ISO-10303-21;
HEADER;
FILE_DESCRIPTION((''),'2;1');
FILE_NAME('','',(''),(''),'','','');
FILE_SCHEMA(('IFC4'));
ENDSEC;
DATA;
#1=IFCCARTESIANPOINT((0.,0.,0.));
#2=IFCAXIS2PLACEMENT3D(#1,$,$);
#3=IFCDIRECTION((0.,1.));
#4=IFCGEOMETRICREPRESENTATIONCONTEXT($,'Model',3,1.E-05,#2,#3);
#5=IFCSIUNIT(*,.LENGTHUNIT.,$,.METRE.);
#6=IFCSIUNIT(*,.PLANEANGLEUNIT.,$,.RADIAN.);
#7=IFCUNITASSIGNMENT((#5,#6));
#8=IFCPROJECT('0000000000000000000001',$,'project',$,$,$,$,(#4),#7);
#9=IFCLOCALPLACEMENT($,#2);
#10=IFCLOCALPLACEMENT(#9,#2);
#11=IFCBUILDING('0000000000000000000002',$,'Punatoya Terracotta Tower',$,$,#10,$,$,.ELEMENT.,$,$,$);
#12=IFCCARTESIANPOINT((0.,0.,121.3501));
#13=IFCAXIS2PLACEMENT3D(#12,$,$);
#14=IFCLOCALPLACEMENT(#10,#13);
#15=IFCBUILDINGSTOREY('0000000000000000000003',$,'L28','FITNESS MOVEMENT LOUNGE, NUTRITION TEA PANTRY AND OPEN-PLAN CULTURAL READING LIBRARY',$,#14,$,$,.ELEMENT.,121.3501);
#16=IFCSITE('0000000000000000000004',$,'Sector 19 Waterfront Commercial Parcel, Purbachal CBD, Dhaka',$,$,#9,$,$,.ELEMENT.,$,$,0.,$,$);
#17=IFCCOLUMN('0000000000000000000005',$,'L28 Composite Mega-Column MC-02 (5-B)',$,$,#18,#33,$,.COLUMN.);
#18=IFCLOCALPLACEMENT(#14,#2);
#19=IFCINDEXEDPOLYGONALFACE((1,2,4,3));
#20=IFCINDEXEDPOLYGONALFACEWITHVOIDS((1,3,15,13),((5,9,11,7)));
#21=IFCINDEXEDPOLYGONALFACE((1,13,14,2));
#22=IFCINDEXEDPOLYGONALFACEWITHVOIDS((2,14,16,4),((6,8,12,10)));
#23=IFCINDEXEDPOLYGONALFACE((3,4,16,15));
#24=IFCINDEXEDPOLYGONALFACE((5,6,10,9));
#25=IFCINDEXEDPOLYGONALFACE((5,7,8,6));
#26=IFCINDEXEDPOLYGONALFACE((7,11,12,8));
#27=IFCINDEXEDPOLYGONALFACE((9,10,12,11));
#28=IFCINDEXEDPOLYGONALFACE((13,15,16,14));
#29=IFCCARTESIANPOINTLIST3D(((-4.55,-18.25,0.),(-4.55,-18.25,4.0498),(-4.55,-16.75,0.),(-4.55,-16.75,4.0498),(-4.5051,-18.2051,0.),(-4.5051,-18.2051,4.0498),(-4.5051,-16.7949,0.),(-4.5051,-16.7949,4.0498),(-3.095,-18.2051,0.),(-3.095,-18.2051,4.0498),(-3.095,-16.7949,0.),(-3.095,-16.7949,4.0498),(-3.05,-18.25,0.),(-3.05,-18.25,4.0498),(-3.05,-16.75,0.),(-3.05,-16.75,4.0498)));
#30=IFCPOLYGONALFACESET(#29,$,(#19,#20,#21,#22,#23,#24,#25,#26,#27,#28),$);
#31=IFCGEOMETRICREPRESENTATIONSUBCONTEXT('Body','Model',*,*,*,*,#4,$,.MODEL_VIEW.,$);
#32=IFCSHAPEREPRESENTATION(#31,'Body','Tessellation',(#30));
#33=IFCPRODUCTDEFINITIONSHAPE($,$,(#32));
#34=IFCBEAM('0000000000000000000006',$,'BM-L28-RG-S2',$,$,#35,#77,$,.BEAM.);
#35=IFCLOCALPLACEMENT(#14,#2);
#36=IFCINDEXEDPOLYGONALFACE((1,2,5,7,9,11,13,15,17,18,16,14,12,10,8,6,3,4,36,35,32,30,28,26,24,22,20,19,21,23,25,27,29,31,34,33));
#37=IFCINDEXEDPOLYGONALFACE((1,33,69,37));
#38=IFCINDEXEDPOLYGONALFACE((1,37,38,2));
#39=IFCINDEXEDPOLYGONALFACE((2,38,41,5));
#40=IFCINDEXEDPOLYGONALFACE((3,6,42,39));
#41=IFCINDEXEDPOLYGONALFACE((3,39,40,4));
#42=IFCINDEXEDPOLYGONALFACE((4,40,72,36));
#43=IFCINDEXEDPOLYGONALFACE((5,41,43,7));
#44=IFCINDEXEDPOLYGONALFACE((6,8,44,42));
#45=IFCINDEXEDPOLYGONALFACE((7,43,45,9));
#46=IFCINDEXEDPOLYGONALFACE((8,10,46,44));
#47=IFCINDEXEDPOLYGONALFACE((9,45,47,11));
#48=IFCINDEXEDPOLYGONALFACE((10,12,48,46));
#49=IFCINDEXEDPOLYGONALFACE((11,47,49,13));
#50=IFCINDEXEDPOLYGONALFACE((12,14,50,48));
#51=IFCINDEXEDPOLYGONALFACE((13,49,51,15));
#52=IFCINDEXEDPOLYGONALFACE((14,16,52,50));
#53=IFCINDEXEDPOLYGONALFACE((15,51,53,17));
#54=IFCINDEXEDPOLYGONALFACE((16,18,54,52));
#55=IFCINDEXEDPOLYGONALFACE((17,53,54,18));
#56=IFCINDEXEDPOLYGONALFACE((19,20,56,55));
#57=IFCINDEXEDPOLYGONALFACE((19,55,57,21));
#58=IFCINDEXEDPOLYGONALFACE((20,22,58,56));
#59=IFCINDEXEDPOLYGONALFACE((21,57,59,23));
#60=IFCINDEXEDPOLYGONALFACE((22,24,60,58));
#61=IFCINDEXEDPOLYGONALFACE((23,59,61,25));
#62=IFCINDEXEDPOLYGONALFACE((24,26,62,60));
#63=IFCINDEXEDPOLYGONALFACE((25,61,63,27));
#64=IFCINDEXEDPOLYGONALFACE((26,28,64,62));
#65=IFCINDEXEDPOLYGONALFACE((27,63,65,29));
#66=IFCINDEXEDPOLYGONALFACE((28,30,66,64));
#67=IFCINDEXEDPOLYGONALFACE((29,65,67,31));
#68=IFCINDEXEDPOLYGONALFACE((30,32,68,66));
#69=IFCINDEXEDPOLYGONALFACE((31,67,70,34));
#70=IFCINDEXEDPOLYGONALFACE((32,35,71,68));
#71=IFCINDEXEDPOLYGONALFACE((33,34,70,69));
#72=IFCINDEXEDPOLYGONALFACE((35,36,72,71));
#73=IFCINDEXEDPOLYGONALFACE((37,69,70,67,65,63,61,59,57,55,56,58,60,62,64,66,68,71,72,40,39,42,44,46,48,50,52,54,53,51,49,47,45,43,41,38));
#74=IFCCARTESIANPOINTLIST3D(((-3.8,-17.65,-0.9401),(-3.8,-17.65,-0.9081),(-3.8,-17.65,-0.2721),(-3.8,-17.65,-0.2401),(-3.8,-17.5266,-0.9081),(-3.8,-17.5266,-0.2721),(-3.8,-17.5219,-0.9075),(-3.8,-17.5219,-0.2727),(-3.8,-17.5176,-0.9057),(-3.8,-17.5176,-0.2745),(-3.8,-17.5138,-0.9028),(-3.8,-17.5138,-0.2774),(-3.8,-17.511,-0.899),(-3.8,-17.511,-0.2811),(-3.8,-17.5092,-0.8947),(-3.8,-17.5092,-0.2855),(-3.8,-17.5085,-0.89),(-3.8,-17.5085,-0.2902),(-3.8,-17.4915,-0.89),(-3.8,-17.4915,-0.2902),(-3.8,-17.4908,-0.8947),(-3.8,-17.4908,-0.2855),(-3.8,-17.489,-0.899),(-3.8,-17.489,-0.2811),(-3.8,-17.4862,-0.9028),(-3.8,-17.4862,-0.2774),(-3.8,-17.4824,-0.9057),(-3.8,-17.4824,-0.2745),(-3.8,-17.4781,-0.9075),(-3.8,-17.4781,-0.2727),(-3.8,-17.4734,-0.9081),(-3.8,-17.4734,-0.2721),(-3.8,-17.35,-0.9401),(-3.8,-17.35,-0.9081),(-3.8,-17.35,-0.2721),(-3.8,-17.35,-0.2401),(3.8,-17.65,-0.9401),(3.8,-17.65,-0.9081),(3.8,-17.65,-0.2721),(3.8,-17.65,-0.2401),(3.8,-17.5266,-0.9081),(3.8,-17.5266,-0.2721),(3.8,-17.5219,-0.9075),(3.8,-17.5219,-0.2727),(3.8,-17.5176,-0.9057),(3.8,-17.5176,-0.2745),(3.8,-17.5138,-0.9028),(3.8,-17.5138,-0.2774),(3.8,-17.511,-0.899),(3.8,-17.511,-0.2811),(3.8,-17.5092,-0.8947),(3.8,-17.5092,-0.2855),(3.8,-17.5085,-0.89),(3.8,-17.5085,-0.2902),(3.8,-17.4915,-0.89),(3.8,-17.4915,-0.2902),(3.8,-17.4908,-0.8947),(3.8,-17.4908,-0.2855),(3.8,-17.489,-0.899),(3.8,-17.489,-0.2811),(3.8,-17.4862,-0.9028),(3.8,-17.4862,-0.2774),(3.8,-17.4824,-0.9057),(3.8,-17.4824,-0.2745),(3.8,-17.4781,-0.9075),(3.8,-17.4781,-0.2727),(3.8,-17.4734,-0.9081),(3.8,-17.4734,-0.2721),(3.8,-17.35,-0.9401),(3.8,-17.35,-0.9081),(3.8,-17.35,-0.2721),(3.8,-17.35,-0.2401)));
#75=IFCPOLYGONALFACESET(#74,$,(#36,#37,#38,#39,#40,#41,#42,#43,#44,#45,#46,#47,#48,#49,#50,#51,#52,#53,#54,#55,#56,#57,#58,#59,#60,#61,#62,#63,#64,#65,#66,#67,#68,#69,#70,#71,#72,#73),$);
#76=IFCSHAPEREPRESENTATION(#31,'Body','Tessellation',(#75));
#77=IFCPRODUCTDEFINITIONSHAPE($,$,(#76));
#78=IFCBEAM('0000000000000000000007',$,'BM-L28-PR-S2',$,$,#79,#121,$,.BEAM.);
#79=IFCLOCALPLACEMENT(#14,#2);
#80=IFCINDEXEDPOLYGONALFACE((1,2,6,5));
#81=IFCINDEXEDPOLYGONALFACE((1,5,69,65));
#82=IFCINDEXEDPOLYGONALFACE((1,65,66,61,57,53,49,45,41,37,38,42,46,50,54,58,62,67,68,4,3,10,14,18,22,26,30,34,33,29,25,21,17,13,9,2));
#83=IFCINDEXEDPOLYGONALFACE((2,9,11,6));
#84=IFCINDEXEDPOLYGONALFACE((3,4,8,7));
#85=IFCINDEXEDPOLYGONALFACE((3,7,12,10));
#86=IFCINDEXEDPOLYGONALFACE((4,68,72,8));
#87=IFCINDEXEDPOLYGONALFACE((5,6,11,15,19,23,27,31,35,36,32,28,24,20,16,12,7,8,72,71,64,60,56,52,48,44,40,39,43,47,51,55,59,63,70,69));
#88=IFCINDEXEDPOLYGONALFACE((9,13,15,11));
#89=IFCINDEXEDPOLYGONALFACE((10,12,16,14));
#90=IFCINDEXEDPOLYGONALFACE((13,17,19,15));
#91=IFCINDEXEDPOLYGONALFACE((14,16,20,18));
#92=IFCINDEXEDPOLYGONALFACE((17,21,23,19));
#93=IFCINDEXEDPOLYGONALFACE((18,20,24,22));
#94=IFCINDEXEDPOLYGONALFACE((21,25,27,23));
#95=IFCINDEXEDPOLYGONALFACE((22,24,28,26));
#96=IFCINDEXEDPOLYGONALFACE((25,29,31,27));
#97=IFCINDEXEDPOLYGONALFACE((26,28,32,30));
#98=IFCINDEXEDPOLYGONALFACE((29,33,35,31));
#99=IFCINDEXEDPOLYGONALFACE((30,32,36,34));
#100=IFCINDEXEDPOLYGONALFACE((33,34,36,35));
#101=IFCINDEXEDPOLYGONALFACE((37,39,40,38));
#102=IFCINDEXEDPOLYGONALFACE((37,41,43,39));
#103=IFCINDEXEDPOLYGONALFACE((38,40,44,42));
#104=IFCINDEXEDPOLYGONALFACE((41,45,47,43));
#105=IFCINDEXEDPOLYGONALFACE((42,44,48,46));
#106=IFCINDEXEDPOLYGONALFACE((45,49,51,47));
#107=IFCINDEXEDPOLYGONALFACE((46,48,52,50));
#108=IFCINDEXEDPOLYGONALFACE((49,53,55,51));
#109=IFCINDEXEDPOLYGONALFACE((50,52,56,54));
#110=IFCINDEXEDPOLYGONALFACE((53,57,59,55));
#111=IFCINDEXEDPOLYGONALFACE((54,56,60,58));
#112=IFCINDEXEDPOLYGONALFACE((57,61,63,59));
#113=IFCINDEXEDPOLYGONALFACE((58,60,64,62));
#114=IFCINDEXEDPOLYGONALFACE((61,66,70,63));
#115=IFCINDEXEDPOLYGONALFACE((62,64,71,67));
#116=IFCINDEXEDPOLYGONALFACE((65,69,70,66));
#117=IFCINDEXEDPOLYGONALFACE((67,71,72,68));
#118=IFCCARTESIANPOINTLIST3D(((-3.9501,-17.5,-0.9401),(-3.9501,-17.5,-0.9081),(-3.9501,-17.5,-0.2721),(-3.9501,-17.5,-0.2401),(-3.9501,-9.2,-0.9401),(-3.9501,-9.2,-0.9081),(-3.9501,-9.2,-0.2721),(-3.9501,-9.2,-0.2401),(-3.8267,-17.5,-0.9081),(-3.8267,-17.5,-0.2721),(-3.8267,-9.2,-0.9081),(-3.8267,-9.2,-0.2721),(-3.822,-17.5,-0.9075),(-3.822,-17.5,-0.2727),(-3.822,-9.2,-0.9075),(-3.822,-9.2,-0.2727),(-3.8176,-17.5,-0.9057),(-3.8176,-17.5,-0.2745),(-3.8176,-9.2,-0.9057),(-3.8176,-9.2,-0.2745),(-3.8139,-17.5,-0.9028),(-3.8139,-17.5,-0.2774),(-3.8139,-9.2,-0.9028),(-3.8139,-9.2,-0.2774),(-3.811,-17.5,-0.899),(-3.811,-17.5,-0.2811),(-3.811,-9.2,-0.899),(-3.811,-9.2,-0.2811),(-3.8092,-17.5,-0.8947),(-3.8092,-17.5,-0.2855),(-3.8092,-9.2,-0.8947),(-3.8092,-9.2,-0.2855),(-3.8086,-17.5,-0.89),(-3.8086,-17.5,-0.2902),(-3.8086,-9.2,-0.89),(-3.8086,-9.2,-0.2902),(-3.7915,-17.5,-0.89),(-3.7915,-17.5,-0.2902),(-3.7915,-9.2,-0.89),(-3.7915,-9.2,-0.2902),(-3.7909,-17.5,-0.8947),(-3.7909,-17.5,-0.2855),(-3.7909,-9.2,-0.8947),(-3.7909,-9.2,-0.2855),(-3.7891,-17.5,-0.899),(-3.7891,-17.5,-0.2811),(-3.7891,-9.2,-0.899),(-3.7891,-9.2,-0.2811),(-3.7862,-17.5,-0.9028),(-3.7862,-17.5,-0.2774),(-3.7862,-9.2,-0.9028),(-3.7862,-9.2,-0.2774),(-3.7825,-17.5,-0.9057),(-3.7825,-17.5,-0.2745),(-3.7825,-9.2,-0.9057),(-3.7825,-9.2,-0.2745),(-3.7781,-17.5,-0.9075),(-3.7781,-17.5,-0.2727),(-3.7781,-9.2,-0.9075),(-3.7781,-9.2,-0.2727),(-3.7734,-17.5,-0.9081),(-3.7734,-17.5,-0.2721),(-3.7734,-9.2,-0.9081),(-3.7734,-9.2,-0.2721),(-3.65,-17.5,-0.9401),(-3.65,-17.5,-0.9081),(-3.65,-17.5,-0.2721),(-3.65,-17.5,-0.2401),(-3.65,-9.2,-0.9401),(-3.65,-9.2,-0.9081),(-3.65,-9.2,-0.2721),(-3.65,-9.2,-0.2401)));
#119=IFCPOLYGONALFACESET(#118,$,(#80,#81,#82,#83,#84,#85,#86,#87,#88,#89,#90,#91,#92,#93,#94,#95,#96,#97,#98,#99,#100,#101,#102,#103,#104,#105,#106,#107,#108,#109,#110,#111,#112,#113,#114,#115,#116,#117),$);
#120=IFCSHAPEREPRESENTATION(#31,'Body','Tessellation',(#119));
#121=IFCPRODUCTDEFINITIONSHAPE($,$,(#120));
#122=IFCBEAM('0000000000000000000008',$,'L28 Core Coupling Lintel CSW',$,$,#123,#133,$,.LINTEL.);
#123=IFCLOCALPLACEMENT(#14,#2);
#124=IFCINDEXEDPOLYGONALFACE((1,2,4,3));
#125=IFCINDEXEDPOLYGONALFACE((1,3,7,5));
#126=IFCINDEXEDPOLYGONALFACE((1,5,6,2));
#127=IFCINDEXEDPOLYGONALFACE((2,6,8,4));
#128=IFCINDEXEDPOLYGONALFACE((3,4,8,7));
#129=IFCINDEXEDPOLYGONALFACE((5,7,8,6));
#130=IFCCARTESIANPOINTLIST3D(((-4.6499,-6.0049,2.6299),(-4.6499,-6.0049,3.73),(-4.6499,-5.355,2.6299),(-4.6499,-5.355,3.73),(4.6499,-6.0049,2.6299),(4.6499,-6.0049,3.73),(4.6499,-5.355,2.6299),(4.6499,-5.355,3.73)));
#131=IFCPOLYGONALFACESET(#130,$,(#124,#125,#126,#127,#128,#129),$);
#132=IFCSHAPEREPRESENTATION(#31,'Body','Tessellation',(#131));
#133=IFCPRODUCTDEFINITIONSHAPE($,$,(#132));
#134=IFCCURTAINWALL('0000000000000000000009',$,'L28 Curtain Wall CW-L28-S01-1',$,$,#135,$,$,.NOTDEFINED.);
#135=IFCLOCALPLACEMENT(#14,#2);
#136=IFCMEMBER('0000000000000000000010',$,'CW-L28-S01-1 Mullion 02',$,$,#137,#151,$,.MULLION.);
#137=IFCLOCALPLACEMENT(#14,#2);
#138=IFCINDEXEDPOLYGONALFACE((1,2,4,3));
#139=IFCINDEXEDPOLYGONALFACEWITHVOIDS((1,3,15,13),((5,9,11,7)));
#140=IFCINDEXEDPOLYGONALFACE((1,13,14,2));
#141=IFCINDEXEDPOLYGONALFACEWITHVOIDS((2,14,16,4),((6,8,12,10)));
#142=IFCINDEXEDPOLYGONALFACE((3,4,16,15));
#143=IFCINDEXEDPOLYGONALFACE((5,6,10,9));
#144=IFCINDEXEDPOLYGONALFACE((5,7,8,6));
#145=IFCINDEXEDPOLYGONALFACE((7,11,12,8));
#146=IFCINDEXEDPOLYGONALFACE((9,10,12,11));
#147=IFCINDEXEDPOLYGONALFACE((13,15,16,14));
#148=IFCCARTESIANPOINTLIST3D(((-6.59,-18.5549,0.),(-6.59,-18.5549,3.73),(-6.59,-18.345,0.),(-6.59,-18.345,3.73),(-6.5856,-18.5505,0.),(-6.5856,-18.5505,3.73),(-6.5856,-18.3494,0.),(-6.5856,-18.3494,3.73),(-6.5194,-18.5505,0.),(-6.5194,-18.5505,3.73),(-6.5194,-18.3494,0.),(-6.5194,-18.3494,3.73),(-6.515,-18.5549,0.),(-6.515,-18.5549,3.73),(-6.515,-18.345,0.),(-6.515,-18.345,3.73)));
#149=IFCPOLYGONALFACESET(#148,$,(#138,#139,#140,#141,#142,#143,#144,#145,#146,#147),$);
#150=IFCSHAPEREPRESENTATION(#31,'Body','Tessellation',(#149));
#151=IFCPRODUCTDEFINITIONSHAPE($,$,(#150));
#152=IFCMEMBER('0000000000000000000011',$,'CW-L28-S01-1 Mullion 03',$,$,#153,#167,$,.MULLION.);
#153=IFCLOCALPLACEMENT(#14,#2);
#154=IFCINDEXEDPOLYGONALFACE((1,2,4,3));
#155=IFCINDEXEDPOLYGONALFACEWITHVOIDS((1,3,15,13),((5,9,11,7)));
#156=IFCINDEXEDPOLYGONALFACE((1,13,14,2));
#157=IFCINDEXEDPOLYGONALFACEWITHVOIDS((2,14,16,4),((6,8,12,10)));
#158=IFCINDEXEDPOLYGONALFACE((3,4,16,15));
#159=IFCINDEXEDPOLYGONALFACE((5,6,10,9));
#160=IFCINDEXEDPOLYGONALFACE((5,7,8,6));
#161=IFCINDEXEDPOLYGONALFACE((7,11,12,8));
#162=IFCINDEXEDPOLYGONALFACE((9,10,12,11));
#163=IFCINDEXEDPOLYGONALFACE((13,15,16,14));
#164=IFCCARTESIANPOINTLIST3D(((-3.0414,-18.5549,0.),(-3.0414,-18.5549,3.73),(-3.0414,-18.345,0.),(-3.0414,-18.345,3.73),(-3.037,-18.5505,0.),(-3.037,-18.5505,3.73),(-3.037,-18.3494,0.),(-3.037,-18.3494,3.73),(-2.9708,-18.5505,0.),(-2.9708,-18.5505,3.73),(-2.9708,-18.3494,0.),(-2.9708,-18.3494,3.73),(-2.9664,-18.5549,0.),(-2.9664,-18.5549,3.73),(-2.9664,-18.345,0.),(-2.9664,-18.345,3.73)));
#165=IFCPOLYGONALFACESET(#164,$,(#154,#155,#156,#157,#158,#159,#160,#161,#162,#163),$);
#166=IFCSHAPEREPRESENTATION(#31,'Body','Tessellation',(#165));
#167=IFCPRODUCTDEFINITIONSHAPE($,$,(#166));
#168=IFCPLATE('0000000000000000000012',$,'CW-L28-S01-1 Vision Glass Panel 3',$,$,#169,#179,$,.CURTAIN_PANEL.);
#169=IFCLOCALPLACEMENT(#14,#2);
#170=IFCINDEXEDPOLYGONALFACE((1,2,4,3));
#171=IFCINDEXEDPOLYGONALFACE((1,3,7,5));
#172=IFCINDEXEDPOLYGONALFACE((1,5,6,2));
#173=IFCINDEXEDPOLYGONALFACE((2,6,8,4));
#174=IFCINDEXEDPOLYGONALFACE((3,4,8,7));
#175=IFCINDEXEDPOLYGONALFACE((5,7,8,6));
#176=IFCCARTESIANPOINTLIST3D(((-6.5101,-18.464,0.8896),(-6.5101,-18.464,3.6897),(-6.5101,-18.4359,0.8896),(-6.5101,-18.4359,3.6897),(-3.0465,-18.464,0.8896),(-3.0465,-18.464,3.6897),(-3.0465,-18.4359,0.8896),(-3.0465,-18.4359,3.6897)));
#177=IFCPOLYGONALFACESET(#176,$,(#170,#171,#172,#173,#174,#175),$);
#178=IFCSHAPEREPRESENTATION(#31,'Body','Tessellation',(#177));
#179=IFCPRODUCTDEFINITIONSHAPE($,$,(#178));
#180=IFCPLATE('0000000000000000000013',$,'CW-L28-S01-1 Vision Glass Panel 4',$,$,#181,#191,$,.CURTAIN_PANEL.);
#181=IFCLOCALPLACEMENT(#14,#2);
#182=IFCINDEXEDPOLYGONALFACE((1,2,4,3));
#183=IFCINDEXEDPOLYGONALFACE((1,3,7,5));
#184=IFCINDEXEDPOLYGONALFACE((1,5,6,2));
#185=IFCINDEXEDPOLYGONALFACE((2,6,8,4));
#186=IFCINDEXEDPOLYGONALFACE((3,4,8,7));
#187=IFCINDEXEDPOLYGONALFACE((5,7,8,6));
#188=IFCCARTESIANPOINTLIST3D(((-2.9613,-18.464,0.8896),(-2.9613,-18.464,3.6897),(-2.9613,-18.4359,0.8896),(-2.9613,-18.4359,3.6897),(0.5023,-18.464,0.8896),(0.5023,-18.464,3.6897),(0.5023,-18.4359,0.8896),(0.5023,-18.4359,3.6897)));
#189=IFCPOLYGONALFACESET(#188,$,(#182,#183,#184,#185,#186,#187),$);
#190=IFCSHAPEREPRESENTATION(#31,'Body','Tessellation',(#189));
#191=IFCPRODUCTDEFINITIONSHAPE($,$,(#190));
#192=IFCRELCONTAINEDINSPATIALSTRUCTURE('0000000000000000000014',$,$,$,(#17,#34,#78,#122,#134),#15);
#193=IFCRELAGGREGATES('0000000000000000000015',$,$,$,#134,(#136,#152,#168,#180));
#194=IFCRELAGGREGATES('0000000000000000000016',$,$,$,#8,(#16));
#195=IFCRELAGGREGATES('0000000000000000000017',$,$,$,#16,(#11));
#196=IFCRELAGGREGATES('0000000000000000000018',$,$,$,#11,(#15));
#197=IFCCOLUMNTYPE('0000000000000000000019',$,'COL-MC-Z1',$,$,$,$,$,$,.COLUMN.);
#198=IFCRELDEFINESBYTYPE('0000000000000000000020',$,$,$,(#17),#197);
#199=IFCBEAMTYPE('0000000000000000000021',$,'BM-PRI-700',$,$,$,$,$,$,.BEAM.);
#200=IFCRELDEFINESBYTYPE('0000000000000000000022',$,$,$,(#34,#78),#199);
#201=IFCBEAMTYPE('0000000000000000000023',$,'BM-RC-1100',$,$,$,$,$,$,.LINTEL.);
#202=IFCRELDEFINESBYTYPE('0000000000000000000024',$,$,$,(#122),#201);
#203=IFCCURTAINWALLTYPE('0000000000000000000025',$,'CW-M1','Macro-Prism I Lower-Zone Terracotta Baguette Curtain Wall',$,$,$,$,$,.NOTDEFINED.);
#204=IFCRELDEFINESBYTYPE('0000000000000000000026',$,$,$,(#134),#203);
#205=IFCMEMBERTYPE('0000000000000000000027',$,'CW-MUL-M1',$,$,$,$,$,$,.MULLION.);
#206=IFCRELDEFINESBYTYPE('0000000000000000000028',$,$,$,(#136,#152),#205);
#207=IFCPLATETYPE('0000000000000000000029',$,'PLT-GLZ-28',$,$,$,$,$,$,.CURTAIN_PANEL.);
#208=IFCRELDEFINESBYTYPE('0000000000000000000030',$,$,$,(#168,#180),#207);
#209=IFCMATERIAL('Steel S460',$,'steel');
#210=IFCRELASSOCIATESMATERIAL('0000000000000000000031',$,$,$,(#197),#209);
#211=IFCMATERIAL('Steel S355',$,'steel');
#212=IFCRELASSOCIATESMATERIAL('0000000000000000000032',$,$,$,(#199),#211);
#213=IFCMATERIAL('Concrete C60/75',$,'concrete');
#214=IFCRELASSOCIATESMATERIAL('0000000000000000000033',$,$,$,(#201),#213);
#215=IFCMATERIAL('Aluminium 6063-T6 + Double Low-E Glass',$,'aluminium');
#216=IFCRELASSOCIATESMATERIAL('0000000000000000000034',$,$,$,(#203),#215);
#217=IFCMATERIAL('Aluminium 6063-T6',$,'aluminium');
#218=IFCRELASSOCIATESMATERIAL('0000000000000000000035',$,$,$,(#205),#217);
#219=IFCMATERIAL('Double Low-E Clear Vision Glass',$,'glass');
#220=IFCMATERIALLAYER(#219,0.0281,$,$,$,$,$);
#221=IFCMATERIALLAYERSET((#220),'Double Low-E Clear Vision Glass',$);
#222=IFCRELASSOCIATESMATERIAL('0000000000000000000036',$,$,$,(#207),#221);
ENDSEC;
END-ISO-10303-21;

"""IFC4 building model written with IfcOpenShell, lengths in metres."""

from ifc_helpers import new_model, si_unit, direction, frame, origin, origin_2d, place, context, subcontext, project, spatial, rectangle, hollow_rectangle, i_section, extrude, material, layer, layer_set, material_profile, profile_set, type_object, element, aggregate, save


model = new_model("IFC4")

# Units and contexts
model_context = context("Model", 3, precision=1e-05, world=origin(), true_north=direction((0.0, 1.0)))
body_context = subcontext(model_context, "Body", "Model", "MODEL_VIEW")
ifc_project = project(units=[si_unit("LENGTHUNIT", "METRE"), si_unit("PLANEANGLEUNIT", "RADIAN")], contexts=[model_context])

# Site, building, storey
site_placement = place(None, origin())
site = spatial("IfcSite", under=ifc_project, at=site_placement, Name="Sector 19 Waterfront Commercial Parcel, Purbachal CBD, Dhaka", CompositionType="ELEMENT", RefElevation=0.0)
building_placement = place(site_placement, origin())
building = spatial("IfcBuilding", under=site, at=building_placement, Name="Punatoya Terracotta Tower", CompositionType="ELEMENT")
storey_placement = place(building_placement, frame((0.0, 0.0, 121.3501)))
storey = spatial("IfcBuildingStorey", under=building, at=storey_placement, Name="L28", Description="FITNESS MOVEMENT LOUNGE, NUTRITION TEA PANTRY AND OPEN-PLAN CULTURAL READING LIBRARY", CompositionType="ELEMENT", Elevation=121.3501)

# Column
ifc_material_1 = material(Name="Steel S460", Category="steel")
ifc_material_profile_1 = material_profile(ifc_material_1, hollow_rectangle(XDim=1.5, YDim=1.5, WallThickness=0.0449, at=origin_2d()))
ifc_profile_set_1 = profile_set([ifc_material_profile_1], Name="Steel S460")
column_type = type_object("IfcColumnType", Name="COL-MC-Z1", PredefinedType="COLUMN", material=ifc_profile_set_1)
column_placement = place(storey_placement, frame((-3.8, -17.5, 0.0), z_axis=(0.0, 0.0, 1.0), x_axis=(1.0, 0.0, 0.0)))
element("IfcColumn", 1, at=column_placement, inside=storey, type_object=column_type, Name="L28 Composite Mega-Column MC-02 (5-B)", PredefinedType="COLUMN", context=body_context, shape_type="SweptSolid", body=[
    extrude(hollow_rectangle(XDim=1.5, YDim=1.5, WallThickness=0.0449, at=origin_2d()), origin(), (0.0, 0.0, 1.0), 4.0498),
])

# Beams
ifc_material_2 = material(Name="Steel S355", Category="steel")
ifc_material_profile_2 = material_profile(ifc_material_2, i_section(OverallWidth=0.3, OverallDepth=0.7, WebThickness=0.0171, FlangeThickness=0.032, FilletRadius=0.0181, at=origin_2d()))
ifc_profile_set_2 = profile_set([ifc_material_profile_2], Name="Steel S355")
beam_type_1 = type_object("IfcBeamType", Name="BM-PRI-700", PredefinedType="BEAM", material=ifc_profile_set_2)
beam_1_placement = place(storey_placement, frame((-3.8, -17.5, -0.5901), z_axis=(1.0, 0.0, 0.0), x_axis=(0.0, 1.0, 0.0)))
element("IfcBeam", 2, at=beam_1_placement, inside=storey, type_object=beam_type_1, Name="BM-L28-RG-S2", PredefinedType="BEAM", context=body_context, shape_type="SweptSolid", body=[
    extrude(i_section(OverallWidth=0.3, OverallDepth=0.7, WebThickness=0.0171, FlangeThickness=0.032, FilletRadius=0.0181, at=origin_2d()), origin(), (0.0, 0.0, 1.0), 7.6001),
])
beam_2_placement = place(storey_placement, frame((-3.8, -17.5, -0.5901), z_axis=(0.0, 1.0, 0.0), x_axis=(-1.0, 0.0, 0.0)))
element("IfcBeam", 3, at=beam_2_placement, inside=storey, type_object=beam_type_1, Name="BM-L28-PR-S2", PredefinedType="BEAM", context=body_context, shape_type="SweptSolid", body=[
    extrude(i_section(OverallWidth=0.3, OverallDepth=0.7, WebThickness=0.0171, FlangeThickness=0.032, FilletRadius=0.0181, at=origin_2d()), origin(), (0.0, 0.0, 1.0), 8.3),
])
ifc_material_3 = material(Name="Concrete C60/75", Category="concrete")
ifc_material_profile_3 = material_profile(ifc_material_3, rectangle(XDim=0.6499, YDim=1.1001, at=origin_2d()))
ifc_profile_set_3 = profile_set([ifc_material_profile_3], Name="Concrete C60/75")
beam_type_2 = type_object("IfcBeamType", Name="BM-RC-1100", PredefinedType="LINTEL", material=ifc_profile_set_3)
beam_3_placement = place(storey_placement, frame((-4.6499, -5.6799, 3.1799), z_axis=(1.0, 0.0, 0.0), x_axis=(0.0, 1.0, 0.0)))
element("IfcBeam", 4, at=beam_3_placement, inside=storey, type_object=beam_type_2, Name="L28 Core Coupling Lintel CSW", PredefinedType="LINTEL", context=body_context, shape_type="SweptSolid", body=[
    extrude(rectangle(XDim=0.6499, YDim=1.1001, at=origin_2d()), origin(), (0.0, 0.0, 1.0), 9.2998),
])

# Curtain wall, members, plates
ifc_material_4 = material(Name="Aluminium 6063-T6 + Double Low-E Glass", Category="aluminium")
curtain_wall_type = type_object("IfcCurtainWallType", Name="CW-M1", Description="Macro-Prism I Lower-Zone Terracotta Baguette Curtain Wall", PredefinedType="NOTDEFINED", material=ifc_material_4)
curtain_wall_placement = place(storey_placement, origin())
curtain_wall = element("IfcCurtainWall", 5, at=curtain_wall_placement, inside=storey, type_object=curtain_wall_type, Name="L28 Curtain Wall CW-L28-S01-1", PredefinedType="NOTDEFINED")
ifc_material_5 = material(Name="Aluminium 6063-T6", Category="aluminium")
ifc_material_profile_4 = material_profile(ifc_material_5, hollow_rectangle(XDim=0.075, YDim=0.21, WallThickness=0.0044, at=origin_2d()))
ifc_profile_set_4 = profile_set([ifc_material_profile_4], Name="Aluminium 6063-T6")
member_type = type_object("IfcMemberType", Name="CW-MUL-M1", PredefinedType="MULLION", material=ifc_profile_set_4)
member_1_placement = place(storey_placement, frame((-6.5525, -18.45, 0.0), z_axis=(0.0, 0.0, 1.0), x_axis=(1.0, 0.0, 0.0)))
member_1 = element("IfcMember", 6, at=member_1_placement, type_object=member_type, Name="CW-L28-S01-1 Mullion 02", PredefinedType="MULLION", context=body_context, shape_type="SweptSolid", body=[
    extrude(hollow_rectangle(XDim=0.075, YDim=0.21, WallThickness=0.0044, at=origin_2d()), origin(), (0.0, 0.0, 1.0), 3.73),
])
member_2_placement = place(storey_placement, frame((-3.0039, -18.45, 0.0), z_axis=(0.0, 0.0, 1.0), x_axis=(1.0, 0.0, 0.0)))
member_2 = element("IfcMember", 7, at=member_2_placement, type_object=member_type, Name="CW-L28-S01-1 Mullion 03", PredefinedType="MULLION", context=body_context, shape_type="SweptSolid", body=[
    extrude(hollow_rectangle(XDim=0.075, YDim=0.21, WallThickness=0.0044, at=origin_2d()), origin(), (0.0, 0.0, 1.0), 3.73),
])
ifc_material_6 = material(Name="Double Low-E Clear Vision Glass", Category="glass")
ifc_layer_1 = layer(ifc_material_6, 0.0281)
ifc_layer_set_1 = layer_set([ifc_layer_1], Name="Double Low-E Clear Vision Glass")
plate_type_1 = type_object("IfcPlateType", Name="PLT-GLZ-28", PredefinedType="CURTAIN_PANEL", material=ifc_layer_set_1)
plate_1_placement = place(storey_placement, frame((-4.7783, -18.45, 0.8896), z_axis=(0.0, 0.0, 1.0), x_axis=(1.0, 0.0, 0.0)))
plate_1 = element("IfcPlate", 8, at=plate_1_placement, type_object=plate_type_1, Name="CW-L28-S01-1 Vision Glass Panel 3", PredefinedType="CURTAIN_PANEL", context=body_context, shape_type="SweptSolid", body=[
    extrude(rectangle(XDim=3.4636, YDim=0.0281, at=origin_2d()), origin(), (0.0, 0.0, 1.0), 2.8),
])
plate_2_placement = place(storey_placement, frame((-1.2295, -18.45, 0.8896), z_axis=(0.0, 0.0, 1.0), x_axis=(1.0, 0.0, 0.0)))
plate_2 = element("IfcPlate", 9, at=plate_2_placement, type_object=plate_type_1, Name="CW-L28-S01-1 Vision Glass Panel 4", PredefinedType="CURTAIN_PANEL", context=body_context, shape_type="SweptSolid", body=[
    extrude(rectangle(XDim=3.4636, YDim=0.0281, at=origin_2d()), origin(), (0.0, 0.0, 1.0), 2.8),
])
aggregate(curtain_wall, [member_1, member_2, plate_1, plate_2])

save(model, "model.ifc")
